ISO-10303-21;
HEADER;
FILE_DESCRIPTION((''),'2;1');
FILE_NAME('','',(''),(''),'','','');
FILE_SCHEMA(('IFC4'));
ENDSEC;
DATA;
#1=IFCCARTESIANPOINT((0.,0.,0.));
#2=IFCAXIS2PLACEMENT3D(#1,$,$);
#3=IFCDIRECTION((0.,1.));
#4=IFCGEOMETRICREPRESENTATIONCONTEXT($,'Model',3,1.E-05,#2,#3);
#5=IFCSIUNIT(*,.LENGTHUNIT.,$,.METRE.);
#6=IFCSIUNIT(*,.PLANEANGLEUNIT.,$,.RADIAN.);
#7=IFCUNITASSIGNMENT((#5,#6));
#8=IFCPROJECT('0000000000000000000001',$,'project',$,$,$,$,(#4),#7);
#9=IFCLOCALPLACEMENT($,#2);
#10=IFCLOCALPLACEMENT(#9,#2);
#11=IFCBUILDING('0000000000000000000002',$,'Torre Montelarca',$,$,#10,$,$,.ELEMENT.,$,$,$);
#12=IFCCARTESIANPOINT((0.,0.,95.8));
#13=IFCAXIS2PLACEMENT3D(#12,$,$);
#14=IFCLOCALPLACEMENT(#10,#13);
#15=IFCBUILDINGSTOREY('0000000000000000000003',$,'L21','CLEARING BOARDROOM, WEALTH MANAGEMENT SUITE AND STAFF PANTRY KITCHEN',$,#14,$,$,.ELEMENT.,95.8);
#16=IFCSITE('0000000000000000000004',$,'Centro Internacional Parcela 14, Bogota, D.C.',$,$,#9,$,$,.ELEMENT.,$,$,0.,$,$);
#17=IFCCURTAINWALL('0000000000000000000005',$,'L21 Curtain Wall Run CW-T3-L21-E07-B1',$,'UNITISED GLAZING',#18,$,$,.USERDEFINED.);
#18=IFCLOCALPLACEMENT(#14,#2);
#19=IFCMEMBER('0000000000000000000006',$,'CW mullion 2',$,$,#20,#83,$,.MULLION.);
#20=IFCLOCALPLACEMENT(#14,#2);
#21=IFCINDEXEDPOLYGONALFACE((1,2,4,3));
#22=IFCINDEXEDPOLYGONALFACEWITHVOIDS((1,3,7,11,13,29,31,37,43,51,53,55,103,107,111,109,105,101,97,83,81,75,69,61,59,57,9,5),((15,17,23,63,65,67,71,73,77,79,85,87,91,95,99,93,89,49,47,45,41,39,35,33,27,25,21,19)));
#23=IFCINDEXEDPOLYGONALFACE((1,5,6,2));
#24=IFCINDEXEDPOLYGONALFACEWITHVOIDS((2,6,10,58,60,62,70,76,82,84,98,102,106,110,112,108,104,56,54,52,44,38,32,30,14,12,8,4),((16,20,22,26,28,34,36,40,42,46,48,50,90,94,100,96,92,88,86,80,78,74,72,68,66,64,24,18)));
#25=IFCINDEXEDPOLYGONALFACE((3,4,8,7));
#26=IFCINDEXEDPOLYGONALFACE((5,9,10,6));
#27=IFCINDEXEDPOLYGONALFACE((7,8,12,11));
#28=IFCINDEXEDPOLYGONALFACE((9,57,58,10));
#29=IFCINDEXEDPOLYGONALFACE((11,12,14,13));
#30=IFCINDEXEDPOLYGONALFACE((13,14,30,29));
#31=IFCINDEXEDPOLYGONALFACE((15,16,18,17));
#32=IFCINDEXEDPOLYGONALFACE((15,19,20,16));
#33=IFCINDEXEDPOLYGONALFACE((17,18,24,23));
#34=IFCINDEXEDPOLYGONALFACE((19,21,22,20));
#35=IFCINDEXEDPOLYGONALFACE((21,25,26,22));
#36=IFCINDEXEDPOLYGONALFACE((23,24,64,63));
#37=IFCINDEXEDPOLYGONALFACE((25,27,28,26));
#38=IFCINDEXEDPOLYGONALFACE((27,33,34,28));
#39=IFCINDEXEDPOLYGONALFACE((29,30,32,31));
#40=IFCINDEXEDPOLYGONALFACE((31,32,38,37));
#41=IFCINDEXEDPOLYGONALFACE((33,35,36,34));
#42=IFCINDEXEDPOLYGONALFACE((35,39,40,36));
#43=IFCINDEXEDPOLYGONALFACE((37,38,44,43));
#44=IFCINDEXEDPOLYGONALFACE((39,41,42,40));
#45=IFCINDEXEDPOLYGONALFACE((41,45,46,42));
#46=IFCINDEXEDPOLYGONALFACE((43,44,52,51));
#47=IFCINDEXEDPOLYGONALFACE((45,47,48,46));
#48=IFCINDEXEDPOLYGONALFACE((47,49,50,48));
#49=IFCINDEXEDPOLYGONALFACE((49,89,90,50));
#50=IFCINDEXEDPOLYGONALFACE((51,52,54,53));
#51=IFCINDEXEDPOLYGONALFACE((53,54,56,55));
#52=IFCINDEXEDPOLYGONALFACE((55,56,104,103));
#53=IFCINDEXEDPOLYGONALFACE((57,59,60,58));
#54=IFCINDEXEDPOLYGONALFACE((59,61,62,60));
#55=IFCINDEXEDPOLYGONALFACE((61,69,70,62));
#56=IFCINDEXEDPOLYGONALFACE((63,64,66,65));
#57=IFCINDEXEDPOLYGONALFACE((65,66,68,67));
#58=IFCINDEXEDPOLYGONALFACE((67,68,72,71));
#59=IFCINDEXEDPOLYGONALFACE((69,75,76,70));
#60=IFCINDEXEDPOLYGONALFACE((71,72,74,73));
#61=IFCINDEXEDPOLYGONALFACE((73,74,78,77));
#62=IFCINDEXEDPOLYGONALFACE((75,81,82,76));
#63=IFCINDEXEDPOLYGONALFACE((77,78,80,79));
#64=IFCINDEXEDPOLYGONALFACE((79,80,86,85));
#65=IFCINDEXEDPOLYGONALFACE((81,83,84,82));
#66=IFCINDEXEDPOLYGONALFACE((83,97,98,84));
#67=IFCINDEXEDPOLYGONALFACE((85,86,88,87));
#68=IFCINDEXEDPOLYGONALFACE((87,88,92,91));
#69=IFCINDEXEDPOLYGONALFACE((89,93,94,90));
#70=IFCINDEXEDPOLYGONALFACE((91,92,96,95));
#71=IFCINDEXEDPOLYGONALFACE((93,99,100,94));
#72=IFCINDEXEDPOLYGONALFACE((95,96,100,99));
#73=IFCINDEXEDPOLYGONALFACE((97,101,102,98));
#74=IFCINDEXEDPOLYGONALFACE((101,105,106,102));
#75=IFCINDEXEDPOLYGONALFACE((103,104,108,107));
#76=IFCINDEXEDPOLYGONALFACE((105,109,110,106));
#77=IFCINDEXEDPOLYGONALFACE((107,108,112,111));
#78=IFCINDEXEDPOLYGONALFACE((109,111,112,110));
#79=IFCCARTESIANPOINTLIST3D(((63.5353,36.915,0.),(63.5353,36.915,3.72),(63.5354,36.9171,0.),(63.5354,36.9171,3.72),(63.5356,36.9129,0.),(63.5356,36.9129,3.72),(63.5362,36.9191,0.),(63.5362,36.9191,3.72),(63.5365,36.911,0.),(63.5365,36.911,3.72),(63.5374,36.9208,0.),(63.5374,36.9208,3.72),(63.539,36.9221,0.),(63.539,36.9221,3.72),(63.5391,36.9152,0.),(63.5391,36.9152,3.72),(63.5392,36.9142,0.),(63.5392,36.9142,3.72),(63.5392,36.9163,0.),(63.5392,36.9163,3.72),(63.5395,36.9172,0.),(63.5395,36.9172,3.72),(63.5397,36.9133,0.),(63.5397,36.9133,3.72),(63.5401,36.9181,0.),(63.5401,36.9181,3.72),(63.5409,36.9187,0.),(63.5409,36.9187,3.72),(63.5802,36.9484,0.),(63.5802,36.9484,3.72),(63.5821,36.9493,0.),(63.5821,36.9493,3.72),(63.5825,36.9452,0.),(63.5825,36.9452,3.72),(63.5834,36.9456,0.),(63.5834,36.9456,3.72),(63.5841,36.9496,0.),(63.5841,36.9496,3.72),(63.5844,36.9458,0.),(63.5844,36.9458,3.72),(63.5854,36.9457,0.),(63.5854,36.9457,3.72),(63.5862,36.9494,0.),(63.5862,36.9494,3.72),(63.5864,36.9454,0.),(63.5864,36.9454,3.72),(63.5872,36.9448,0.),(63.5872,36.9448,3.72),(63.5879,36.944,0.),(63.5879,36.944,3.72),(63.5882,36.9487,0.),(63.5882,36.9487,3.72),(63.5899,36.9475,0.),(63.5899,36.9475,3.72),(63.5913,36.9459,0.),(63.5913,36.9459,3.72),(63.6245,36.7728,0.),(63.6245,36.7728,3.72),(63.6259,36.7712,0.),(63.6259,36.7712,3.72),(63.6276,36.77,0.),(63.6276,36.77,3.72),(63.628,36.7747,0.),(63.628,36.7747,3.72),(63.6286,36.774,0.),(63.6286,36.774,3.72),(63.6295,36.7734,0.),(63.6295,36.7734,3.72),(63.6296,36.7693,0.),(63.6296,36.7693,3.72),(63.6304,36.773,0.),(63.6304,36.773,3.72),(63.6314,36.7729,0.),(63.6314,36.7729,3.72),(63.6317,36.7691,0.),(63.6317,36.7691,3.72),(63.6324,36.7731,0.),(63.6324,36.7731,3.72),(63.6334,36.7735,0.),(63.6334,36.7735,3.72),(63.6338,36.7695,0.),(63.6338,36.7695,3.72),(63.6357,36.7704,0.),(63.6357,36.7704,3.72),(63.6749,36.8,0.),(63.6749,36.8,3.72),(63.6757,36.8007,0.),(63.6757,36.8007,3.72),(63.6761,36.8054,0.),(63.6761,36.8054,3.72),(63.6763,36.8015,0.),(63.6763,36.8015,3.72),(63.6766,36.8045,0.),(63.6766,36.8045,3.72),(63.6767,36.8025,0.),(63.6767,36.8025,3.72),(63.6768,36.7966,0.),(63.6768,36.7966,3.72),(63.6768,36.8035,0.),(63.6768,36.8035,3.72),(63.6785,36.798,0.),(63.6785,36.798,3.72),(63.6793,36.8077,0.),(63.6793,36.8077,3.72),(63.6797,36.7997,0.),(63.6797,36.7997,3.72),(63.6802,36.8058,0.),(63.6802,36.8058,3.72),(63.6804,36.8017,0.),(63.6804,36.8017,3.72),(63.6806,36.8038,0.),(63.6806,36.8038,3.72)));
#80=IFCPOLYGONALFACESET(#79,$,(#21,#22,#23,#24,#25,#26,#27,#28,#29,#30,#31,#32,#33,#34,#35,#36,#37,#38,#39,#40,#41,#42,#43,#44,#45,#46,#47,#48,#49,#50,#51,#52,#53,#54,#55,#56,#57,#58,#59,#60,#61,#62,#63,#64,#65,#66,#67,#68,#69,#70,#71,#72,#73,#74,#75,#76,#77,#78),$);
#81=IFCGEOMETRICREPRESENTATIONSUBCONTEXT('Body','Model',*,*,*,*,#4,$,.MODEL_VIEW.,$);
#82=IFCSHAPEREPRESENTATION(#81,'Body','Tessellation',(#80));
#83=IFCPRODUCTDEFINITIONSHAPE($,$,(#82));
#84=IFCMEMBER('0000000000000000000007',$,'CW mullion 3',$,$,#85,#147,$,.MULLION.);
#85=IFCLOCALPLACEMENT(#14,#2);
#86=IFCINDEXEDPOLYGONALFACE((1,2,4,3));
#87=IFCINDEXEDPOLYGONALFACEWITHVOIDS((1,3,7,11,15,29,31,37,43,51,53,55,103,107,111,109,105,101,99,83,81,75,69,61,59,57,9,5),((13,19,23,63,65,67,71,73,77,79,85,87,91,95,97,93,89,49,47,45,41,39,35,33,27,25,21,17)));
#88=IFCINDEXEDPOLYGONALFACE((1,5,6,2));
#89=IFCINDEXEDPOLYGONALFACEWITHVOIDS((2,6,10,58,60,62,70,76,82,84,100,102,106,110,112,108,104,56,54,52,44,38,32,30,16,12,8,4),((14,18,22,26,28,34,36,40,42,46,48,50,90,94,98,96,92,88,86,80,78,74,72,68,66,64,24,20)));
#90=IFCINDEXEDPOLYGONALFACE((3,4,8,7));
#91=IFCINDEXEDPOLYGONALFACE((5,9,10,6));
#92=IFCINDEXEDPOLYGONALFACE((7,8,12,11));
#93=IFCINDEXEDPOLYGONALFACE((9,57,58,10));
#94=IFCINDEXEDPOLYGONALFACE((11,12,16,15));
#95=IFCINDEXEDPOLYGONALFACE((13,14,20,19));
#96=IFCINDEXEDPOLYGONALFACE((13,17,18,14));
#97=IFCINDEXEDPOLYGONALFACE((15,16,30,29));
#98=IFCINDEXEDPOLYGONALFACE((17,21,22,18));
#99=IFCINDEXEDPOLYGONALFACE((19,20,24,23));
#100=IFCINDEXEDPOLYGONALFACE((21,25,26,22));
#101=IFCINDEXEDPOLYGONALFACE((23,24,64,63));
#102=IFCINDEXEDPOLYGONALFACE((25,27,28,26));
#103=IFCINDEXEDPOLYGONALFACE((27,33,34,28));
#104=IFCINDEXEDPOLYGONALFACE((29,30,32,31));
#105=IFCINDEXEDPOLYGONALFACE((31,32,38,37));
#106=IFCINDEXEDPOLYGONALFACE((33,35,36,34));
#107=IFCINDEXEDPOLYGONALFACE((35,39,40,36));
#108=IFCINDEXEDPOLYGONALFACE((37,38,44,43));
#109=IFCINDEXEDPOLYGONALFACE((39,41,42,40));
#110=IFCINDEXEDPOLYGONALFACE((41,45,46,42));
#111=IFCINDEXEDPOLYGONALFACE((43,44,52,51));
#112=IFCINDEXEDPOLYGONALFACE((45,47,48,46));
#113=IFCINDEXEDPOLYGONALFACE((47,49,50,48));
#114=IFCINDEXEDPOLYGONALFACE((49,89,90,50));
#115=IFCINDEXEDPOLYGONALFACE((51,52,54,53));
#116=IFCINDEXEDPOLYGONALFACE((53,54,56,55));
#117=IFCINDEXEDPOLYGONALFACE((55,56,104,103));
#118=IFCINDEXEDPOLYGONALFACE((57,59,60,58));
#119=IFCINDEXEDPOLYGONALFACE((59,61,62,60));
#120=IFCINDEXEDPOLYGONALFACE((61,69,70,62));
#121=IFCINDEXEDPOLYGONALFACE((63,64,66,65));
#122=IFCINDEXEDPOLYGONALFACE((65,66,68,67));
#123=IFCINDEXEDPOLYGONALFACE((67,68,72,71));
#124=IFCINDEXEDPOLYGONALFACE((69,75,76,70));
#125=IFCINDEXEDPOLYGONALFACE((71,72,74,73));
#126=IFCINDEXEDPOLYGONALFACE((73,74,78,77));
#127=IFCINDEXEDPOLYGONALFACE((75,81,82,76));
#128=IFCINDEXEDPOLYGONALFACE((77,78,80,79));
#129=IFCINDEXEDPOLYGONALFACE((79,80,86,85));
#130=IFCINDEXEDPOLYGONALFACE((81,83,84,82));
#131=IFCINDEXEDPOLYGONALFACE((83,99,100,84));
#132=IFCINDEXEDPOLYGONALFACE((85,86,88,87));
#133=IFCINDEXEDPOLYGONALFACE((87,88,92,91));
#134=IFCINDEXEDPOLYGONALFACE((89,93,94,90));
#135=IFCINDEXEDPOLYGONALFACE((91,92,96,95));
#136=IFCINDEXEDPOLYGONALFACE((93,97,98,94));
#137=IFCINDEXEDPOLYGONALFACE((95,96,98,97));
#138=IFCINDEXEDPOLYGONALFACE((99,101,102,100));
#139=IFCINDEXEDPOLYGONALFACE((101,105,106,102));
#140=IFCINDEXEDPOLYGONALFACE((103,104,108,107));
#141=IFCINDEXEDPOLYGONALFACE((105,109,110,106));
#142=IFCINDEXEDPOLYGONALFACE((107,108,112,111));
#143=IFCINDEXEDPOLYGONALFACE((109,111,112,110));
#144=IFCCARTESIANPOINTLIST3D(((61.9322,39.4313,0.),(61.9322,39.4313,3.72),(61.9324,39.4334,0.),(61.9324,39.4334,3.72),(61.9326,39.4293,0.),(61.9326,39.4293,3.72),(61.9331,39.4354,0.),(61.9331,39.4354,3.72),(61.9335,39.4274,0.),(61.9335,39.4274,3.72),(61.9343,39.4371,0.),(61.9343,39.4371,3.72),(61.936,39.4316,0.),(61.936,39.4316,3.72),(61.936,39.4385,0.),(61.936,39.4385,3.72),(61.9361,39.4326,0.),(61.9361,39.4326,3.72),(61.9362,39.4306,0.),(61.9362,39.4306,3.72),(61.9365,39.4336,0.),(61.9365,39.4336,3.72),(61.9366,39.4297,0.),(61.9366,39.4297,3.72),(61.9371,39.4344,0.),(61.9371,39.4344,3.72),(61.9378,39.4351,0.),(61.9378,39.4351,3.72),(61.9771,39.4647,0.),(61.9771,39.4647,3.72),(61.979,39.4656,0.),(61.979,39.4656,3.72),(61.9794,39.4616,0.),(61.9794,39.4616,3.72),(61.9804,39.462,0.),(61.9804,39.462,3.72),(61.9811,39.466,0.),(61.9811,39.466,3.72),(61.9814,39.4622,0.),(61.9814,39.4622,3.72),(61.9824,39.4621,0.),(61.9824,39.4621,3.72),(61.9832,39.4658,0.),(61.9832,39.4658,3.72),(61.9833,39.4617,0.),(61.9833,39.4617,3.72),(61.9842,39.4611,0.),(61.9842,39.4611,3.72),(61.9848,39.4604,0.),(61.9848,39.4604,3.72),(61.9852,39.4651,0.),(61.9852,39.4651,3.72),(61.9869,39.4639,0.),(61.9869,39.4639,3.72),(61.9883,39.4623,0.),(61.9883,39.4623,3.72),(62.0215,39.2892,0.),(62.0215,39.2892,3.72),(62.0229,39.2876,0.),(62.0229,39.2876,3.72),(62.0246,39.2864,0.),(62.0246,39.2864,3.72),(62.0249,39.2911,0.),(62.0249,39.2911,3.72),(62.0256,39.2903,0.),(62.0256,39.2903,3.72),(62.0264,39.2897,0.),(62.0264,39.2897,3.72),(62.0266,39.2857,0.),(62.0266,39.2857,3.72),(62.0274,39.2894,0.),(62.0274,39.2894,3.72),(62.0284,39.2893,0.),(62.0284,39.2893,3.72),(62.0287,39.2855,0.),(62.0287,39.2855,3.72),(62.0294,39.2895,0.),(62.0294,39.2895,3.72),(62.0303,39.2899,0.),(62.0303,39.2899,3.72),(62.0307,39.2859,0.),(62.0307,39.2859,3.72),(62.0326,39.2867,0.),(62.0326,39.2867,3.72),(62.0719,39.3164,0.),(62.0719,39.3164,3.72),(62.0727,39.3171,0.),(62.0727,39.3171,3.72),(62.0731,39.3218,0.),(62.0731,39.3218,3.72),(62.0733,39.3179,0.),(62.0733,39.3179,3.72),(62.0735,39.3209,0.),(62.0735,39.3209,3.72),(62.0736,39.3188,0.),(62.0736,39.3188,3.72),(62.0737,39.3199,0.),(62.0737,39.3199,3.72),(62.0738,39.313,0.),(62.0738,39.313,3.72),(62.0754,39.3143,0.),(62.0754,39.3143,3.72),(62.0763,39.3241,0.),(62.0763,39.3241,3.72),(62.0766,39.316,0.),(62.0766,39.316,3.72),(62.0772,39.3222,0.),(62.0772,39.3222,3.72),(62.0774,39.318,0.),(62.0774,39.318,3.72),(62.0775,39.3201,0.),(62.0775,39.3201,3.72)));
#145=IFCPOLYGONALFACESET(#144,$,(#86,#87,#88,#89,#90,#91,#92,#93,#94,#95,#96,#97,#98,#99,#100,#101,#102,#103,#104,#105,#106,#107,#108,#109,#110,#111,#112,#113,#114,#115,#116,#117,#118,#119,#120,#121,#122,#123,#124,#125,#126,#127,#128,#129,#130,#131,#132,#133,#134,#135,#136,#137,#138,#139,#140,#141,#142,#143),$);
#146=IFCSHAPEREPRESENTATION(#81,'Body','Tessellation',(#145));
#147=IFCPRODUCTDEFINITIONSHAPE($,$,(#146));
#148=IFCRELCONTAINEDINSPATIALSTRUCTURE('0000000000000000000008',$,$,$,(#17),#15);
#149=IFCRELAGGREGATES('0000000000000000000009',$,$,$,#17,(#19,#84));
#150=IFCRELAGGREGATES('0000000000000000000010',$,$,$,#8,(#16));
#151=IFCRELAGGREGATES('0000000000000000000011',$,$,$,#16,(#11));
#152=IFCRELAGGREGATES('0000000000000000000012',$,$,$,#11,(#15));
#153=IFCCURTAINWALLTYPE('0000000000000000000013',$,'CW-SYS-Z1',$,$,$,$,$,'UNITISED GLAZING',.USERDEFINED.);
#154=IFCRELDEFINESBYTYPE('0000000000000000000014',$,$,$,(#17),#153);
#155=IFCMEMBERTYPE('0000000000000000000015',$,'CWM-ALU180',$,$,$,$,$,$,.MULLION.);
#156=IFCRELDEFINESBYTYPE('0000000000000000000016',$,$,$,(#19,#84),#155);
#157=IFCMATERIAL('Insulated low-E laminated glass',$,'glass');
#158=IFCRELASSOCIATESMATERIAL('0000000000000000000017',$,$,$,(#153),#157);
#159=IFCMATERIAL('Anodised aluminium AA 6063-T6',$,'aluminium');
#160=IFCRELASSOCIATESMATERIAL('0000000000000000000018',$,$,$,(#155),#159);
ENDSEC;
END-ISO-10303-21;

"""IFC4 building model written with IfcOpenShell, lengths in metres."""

from ifc_helpers import new_model, si_unit, direction, frame, origin, origin_2d, place, context, subcontext, project, spatial, hollow_rectangle, extrude, source, transform, mapped, material, material_profile, profile_set, type_object, element, aggregate, save


model = new_model("IFC4")

# Units and contexts
model_context = context("Model", 3, precision=1e-05, world=origin(), true_north=direction((0.0, 1.0)))
body_context = subcontext(model_context, "Body", "Model", "MODEL_VIEW")
ifc_project = project(units=[si_unit("LENGTHUNIT", "METRE"), si_unit("PLANEANGLEUNIT", "RADIAN")], contexts=[model_context])

# Site, building, storey
site_placement = place(None, origin())
site = spatial("IfcSite", under=ifc_project, at=site_placement, Name="Centro Internacional Parcela 14, Bogota, D.C.", CompositionType="ELEMENT", RefElevation=0.0)
building_placement = place(site_placement, origin())
building = spatial("IfcBuilding", under=site, at=building_placement, Name="Torre Montelarca", CompositionType="ELEMENT")
storey_placement = place(building_placement, frame((0.0, 0.0, 95.8)))
storey = spatial("IfcBuildingStorey", under=building, at=storey_placement, Name="L21", Description="CLEARING BOARDROOM, WEALTH MANAGEMENT SUITE AND STAFF PANTRY KITCHEN", CompositionType="ELEMENT", Elevation=95.8)

# Curtain wall
ifc_material_1 = material(Name="Insulated low-E laminated glass", Category="glass")
curtain_wall_type = type_object("IfcCurtainWallType", Name="CW-SYS-Z1", ElementType="UNITISED GLAZING", PredefinedType="USERDEFINED", material=ifc_material_1)
curtain_wall_1_placement = place(storey_placement, origin())
curtain_wall_1 = element("IfcCurtainWall", 1, at=curtain_wall_1_placement, inside=storey, type_object=curtain_wall_type, Name="L21 Curtain Wall Run CW-T3-L21-E07-B1", ObjectType="UNITISED GLAZING", PredefinedType="USERDEFINED")
ifc_material_2 = material(Name="Anodised aluminium AA 6063-T6", Category="aluminium")

# Members
ifc_material_profile_1 = material_profile(ifc_material_2, hollow_rectangle(XDim=0.0649, YDim=0.1799, WallThickness=0.0039, InnerFilletRadius=0.0039, OuterFilletRadius=0.0081, at=origin_2d()), Name="ALU65X180X4", Category="aluminium")
ifc_profile_set_1 = profile_set([ifc_material_profile_1], Name="Anodised aluminium AA 6063-T6")
member_type_1 = type_object("IfcMemberType", Name="CWM-ALU180", PredefinedType="MULLION", material=ifc_profile_set_1)
shared_shape_1 = source(origin(), body_context, "Body", "SweptSolid", [
    extrude(hollow_rectangle(XDim=0.0649, YDim=0.1799, WallThickness=0.0039, InnerFilletRadius=0.0039, OuterFilletRadius=0.0081, at=origin_2d()), origin(), (0.0, 0.0, 1.0), 3.72),
])
member_1_placement = place(storey_placement, frame((63.6079, 36.8594, 0.0), z_axis=(0.0, 0.0, 1.0), x_axis=(-0.843381, -0.537316, 0.0)))
member_1 = element("IfcMember", 2, at=member_1_placement, type_object=member_type_1, Name="CW mullion 2", PredefinedType="MULLION", context=body_context, shape_type="MappedRepresentation", body=[
    mapped(shared_shape_1, transform((0.0, 0.0, 0.0), scale=1.0)),
])
member_2_placement = place(storey_placement, frame((62.0049, 39.3757, 0.0), z_axis=(0.0, 0.0, 1.0), x_axis=(-0.843381, -0.537316, 0.0)))
member_2 = element("IfcMember", 3, at=member_2_placement, type_object=member_type_1, Name="CW mullion 3", PredefinedType="MULLION", context=body_context, shape_type="MappedRepresentation", body=[
    mapped(shared_shape_1, transform((0.0, 0.0, 0.0), scale=1.0)),
])

aggregate(curtain_wall_1, [member_1, member_2])

save(model, "model.ifc")
